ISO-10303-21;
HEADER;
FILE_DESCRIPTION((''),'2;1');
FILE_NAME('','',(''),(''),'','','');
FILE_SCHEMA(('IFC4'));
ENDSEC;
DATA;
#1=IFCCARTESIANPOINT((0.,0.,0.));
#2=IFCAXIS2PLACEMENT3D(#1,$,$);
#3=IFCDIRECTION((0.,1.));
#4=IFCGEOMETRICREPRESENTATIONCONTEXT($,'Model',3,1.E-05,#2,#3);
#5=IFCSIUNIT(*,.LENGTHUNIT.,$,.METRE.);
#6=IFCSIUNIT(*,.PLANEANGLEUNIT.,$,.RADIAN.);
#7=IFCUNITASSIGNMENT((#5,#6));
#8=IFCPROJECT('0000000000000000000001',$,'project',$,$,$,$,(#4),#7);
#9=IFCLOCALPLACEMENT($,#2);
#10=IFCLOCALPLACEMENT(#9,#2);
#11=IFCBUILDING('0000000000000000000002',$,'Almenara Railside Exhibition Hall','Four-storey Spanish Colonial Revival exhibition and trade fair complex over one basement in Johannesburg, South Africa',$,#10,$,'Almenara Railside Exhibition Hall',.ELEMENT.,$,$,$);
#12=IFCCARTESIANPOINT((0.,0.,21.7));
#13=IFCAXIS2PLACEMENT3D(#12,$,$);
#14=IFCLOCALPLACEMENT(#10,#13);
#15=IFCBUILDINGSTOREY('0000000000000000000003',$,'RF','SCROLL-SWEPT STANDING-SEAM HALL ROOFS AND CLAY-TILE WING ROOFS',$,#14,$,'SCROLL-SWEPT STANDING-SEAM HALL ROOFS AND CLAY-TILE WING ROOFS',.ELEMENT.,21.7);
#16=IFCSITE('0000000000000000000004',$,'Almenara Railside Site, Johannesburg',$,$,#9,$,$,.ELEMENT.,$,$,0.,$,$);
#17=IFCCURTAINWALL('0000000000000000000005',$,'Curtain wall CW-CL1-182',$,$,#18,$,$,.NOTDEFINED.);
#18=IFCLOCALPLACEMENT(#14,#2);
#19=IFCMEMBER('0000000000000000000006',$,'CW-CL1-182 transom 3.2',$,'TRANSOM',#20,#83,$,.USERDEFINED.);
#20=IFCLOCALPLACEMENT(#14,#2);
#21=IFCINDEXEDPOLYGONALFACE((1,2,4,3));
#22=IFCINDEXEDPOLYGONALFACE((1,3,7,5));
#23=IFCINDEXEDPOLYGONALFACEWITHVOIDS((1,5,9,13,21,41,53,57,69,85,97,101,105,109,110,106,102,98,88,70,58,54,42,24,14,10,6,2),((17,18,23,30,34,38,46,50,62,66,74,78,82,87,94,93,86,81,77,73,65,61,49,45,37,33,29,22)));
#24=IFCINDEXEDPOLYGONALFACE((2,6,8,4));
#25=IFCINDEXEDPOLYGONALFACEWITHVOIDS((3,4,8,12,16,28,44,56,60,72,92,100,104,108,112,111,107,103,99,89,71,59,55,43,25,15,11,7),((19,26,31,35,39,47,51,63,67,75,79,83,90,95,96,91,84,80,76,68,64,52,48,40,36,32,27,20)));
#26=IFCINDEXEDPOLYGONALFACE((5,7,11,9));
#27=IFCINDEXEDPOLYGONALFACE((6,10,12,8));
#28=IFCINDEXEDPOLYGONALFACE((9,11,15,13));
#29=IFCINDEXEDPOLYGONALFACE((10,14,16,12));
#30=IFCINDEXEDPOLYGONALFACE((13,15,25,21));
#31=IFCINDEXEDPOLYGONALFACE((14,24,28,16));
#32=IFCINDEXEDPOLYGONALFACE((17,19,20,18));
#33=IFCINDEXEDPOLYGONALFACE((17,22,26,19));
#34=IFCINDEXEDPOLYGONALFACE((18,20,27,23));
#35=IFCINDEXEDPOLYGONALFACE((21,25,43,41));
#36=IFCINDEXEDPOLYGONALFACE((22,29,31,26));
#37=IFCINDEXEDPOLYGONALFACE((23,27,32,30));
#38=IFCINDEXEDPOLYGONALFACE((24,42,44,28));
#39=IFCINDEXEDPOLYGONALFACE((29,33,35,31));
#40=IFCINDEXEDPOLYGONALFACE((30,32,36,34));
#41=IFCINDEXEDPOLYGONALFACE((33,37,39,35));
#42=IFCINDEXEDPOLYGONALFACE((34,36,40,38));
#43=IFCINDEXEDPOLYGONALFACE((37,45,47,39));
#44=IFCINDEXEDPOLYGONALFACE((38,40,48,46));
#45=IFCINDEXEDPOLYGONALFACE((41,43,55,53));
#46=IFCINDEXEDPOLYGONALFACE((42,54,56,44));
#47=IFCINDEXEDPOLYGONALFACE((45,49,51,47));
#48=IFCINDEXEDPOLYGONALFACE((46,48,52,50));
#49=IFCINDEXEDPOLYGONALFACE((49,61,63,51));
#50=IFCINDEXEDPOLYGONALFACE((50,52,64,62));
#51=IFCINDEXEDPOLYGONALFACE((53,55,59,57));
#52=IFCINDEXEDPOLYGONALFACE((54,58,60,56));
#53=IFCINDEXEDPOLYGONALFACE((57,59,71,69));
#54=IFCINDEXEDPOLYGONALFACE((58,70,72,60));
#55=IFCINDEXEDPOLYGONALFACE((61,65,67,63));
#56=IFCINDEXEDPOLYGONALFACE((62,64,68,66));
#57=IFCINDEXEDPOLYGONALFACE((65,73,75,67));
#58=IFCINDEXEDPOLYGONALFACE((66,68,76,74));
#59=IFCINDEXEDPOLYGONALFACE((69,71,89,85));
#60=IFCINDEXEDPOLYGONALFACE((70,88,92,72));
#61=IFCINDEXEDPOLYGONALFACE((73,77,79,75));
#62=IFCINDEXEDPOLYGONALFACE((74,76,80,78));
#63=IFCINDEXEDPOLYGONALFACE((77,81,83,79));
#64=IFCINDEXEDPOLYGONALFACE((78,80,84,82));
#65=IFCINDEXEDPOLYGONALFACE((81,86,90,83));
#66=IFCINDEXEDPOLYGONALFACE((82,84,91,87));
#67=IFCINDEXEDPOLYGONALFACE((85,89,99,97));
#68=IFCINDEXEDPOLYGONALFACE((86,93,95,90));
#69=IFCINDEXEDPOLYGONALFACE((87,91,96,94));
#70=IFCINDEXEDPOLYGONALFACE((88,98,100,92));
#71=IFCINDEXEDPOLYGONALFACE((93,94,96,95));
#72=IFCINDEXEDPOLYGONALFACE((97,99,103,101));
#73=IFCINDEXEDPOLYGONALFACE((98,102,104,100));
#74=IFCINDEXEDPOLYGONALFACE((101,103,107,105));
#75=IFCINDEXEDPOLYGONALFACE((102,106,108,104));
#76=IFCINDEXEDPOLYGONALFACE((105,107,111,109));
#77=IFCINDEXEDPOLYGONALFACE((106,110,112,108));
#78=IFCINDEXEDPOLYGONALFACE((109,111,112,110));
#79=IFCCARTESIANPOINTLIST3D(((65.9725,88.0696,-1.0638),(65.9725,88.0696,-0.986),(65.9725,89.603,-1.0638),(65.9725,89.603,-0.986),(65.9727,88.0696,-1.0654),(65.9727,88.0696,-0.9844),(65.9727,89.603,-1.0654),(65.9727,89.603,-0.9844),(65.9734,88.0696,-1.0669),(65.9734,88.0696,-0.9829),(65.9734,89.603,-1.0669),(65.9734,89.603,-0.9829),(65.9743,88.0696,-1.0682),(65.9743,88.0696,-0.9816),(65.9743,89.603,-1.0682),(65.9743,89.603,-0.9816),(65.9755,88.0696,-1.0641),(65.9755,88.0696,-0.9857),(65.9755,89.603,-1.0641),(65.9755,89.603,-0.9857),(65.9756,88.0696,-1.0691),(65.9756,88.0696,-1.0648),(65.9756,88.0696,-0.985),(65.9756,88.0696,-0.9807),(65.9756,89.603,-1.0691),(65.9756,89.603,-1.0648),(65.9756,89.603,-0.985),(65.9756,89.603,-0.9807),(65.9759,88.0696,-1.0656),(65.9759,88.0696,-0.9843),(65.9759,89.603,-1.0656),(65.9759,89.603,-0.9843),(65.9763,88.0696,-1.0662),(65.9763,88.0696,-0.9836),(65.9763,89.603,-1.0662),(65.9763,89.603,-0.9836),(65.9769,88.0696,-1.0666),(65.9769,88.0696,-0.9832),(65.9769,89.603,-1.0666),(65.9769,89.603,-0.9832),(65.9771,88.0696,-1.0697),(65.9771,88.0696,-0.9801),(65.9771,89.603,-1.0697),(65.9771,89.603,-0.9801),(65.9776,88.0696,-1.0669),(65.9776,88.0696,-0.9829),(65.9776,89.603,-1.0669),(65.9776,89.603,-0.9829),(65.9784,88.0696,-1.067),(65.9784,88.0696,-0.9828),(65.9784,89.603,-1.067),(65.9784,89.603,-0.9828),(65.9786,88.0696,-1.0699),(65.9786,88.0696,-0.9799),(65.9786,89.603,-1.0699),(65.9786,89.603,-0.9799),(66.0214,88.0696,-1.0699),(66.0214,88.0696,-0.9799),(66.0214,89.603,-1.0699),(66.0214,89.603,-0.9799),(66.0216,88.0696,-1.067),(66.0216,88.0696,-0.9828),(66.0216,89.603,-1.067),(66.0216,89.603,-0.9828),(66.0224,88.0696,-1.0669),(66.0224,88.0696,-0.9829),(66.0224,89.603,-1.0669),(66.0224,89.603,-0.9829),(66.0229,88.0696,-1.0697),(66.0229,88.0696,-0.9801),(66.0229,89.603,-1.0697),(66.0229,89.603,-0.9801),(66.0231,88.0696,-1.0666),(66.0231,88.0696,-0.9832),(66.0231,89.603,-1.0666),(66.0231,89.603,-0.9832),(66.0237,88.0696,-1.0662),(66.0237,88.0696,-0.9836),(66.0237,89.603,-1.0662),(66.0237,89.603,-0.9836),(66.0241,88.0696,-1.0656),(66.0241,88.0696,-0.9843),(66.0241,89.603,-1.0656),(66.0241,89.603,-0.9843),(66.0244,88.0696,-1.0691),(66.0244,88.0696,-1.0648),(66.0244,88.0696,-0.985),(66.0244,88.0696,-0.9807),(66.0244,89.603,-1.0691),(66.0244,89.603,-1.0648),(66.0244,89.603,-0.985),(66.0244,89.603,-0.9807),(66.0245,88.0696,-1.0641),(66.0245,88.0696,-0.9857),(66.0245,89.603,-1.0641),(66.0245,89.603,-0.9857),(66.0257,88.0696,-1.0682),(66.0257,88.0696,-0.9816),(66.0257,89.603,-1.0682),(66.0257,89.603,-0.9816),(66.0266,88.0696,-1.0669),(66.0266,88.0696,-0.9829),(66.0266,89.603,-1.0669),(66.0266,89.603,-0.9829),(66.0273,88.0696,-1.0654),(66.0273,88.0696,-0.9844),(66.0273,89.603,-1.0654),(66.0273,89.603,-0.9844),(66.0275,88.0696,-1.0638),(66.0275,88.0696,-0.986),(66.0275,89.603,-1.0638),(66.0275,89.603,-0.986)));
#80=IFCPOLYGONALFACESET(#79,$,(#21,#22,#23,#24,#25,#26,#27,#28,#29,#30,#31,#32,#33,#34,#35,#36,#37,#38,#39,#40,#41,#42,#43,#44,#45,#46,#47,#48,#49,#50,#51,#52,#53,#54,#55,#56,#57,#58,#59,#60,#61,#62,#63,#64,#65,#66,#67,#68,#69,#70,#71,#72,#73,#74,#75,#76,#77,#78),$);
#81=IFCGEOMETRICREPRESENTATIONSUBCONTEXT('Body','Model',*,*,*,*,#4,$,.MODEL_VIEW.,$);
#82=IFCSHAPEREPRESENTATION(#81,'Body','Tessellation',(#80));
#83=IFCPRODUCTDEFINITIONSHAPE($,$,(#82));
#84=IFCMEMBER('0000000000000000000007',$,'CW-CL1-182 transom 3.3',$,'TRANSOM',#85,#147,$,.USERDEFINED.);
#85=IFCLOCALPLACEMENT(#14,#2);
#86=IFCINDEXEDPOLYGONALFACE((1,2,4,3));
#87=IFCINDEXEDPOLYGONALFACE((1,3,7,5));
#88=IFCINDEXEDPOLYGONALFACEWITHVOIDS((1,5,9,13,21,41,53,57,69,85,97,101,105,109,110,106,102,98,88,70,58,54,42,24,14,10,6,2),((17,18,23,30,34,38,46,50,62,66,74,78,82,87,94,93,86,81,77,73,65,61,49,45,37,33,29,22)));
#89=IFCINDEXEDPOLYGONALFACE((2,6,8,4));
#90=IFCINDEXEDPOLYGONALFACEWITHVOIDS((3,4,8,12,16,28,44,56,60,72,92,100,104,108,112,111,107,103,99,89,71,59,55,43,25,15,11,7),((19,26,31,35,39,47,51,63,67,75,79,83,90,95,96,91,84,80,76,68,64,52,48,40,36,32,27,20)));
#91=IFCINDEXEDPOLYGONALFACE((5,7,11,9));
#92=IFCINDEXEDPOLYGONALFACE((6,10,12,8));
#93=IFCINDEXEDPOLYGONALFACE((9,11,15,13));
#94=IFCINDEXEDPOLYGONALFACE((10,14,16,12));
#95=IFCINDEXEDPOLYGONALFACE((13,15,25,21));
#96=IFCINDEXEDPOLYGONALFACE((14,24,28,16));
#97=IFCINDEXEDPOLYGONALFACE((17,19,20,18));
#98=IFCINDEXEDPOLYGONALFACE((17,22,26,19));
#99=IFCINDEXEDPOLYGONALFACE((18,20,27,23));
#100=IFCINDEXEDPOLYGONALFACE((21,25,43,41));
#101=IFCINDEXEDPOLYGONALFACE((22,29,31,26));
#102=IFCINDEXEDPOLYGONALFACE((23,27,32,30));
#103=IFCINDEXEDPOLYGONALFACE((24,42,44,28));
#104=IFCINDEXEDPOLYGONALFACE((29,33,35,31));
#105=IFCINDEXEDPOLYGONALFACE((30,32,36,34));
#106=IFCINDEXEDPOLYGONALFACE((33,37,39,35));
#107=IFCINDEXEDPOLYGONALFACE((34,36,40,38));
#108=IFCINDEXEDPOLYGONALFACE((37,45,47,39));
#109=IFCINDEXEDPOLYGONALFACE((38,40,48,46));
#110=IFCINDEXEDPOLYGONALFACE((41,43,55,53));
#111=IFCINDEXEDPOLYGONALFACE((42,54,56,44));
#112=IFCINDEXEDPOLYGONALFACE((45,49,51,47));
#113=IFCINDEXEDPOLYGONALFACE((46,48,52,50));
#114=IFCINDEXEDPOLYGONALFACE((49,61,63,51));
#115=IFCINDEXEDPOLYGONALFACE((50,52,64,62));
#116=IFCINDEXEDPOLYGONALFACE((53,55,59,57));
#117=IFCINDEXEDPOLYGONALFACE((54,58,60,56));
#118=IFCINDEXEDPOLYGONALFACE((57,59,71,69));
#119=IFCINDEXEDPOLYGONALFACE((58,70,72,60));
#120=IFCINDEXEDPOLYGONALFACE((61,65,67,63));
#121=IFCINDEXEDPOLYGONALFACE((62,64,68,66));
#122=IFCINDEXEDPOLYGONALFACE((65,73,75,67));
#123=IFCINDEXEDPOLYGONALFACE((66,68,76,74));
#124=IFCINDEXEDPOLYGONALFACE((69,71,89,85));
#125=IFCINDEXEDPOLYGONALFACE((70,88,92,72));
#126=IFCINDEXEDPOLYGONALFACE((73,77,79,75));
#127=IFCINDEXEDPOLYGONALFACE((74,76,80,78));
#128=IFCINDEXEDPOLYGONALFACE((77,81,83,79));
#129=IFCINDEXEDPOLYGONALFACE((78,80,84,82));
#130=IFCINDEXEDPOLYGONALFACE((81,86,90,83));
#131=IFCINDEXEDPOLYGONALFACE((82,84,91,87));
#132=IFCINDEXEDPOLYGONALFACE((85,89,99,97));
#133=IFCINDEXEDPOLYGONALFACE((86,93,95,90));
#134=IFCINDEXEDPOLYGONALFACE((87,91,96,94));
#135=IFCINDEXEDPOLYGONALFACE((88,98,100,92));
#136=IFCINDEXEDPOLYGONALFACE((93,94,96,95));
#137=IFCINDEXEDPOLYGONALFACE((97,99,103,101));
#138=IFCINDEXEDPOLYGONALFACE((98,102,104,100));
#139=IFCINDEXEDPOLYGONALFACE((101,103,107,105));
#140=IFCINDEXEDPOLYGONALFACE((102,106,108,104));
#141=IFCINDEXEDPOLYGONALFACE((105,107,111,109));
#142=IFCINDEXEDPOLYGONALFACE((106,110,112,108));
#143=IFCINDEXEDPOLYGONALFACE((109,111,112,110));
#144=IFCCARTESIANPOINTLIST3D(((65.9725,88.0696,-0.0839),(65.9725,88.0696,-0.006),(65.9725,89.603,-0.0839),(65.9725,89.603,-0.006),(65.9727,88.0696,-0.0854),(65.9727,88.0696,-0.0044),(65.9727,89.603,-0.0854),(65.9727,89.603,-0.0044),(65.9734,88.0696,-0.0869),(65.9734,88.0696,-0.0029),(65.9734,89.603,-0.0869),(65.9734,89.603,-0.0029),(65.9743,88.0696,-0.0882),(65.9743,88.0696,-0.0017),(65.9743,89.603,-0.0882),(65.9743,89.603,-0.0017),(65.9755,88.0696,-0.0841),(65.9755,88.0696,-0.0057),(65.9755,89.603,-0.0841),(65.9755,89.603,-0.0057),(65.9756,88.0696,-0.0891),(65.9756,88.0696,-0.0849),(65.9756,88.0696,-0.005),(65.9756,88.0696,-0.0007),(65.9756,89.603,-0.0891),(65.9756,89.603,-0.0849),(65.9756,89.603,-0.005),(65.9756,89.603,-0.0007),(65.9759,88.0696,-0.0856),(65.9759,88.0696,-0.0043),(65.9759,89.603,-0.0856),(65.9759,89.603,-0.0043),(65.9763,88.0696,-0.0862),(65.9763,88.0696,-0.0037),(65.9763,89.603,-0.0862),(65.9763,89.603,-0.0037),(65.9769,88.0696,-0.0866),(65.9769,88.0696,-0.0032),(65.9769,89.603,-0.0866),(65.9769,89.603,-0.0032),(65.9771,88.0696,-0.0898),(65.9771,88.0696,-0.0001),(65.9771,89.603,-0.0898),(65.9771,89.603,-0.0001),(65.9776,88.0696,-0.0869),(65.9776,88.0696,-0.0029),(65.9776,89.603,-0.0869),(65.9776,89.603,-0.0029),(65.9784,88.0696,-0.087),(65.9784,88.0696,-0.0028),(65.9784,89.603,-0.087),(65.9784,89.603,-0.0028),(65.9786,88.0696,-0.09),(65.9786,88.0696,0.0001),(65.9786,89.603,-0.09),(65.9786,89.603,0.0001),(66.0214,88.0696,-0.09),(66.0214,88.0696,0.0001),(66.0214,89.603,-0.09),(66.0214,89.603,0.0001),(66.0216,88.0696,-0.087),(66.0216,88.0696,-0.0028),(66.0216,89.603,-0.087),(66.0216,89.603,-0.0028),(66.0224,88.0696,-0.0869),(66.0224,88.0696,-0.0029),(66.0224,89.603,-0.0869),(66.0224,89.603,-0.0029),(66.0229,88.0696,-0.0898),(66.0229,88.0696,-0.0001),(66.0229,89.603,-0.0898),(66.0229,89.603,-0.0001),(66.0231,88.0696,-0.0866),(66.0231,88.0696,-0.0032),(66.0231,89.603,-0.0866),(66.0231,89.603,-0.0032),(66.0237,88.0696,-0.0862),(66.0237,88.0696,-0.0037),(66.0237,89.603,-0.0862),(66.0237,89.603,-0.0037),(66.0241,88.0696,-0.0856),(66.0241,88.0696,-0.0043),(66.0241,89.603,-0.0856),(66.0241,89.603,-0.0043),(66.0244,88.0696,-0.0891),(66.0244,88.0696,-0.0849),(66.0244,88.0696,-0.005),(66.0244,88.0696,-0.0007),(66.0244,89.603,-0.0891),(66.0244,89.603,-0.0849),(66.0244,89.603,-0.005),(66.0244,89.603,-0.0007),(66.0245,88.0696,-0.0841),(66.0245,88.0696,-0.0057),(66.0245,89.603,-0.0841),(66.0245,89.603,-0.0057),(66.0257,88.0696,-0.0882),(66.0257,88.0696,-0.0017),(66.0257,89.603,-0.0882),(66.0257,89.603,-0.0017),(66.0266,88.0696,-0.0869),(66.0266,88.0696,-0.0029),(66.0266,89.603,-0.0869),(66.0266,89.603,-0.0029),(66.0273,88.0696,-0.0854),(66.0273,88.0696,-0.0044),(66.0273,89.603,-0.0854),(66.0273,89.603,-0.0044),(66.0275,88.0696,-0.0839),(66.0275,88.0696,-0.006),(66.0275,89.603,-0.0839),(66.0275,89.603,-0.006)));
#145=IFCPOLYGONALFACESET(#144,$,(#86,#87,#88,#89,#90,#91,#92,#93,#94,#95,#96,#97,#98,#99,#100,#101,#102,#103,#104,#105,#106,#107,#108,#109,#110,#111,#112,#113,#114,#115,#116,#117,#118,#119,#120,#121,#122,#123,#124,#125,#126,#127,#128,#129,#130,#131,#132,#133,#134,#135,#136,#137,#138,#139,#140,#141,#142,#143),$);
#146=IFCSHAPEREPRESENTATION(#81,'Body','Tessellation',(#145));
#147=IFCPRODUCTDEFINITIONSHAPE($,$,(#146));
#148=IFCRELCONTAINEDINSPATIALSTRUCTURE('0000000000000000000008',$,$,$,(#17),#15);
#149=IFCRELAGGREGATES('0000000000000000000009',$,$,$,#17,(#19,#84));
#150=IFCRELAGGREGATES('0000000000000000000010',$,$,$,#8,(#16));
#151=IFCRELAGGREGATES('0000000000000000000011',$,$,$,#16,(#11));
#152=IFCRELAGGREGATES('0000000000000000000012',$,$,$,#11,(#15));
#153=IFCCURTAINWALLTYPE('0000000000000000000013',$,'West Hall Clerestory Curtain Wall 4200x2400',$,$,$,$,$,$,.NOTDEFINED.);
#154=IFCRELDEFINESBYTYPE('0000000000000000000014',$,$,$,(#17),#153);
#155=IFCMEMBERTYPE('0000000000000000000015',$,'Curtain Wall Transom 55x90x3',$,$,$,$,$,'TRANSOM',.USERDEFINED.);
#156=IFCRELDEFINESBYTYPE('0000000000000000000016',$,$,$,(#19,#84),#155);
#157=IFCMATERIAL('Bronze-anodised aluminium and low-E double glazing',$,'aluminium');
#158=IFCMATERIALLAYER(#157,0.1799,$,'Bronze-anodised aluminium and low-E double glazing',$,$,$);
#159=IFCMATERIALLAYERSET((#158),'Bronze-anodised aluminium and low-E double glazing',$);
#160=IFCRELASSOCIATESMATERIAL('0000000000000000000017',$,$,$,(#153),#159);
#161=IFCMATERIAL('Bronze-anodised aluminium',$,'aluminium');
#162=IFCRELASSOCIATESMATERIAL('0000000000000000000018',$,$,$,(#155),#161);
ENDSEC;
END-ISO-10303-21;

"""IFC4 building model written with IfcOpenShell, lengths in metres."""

from ifc_helpers import new_model, si_unit, direction, frame, origin, origin_2d, place, context, subcontext, project, spatial, hollow_rectangle, extrude, material, layer, layer_set, material_profile, profile_set, type_object, element, aggregate, save


model = new_model("IFC4")

# Units and contexts
model_context = context("Model", 3, precision=1e-05, world=origin(), true_north=direction((0.0, 1.0)))
body_context = subcontext(model_context, "Body", "Model", "MODEL_VIEW")
ifc_project = project(units=[si_unit("LENGTHUNIT", "METRE"), si_unit("PLANEANGLEUNIT", "RADIAN")], contexts=[model_context])

# Site, building, storey
site_placement = place(None, origin())
site = spatial("IfcSite", under=ifc_project, at=site_placement, Name="Almenara Railside Site, Johannesburg", CompositionType="ELEMENT", RefElevation=0.0)
building_placement = place(site_placement, origin())
building = spatial("IfcBuilding", under=site, at=building_placement, Name="Almenara Railside Exhibition Hall", Description="Four-storey Spanish Colonial Revival exhibition and trade fair complex over one basement in Johannesburg, South Africa", LongName="Almenara Railside Exhibition Hall", CompositionType="ELEMENT")
storey_placement = place(building_placement, frame((0.0, 0.0, 21.7)))
storey = spatial("IfcBuildingStorey", under=building, at=storey_placement, Name="RF", Description="SCROLL-SWEPT STANDING-SEAM HALL ROOFS AND CLAY-TILE WING ROOFS", LongName="SCROLL-SWEPT STANDING-SEAM HALL ROOFS AND CLAY-TILE WING ROOFS", CompositionType="ELEMENT", Elevation=21.7)

# Curtain wall
ifc_material_1 = material(Name="Bronze-anodised aluminium and low-E double glazing", Category="aluminium")
ifc_layer_1 = layer(ifc_material_1, 0.1799, Name="Bronze-anodised aluminium and low-E double glazing")
ifc_layer_set_1 = layer_set([ifc_layer_1], Name="Bronze-anodised aluminium and low-E double glazing")
curtain_wall_type = type_object("IfcCurtainWallType", Name="West Hall Clerestory Curtain Wall 4200x2400", PredefinedType="NOTDEFINED", material=ifc_layer_set_1)
curtain_wall_1_placement = place(storey_placement, origin())
curtain_wall_1 = element("IfcCurtainWall", 1, at=curtain_wall_1_placement, inside=storey, type_object=curtain_wall_type, Name="Curtain wall CW-CL1-182", PredefinedType="NOTDEFINED")
ifc_material_2 = material(Name="Bronze-anodised aluminium", Category="aluminium")

# Members
ifc_material_profile_1 = material_profile(ifc_material_2, hollow_rectangle(XDim=0.0549, YDim=0.0901, WallThickness=0.0029, InnerFilletRadius=0.0029, OuterFilletRadius=0.0061, at=origin_2d()), Name="ALU-TRN 55x90x3")
ifc_profile_set_1 = profile_set([ifc_material_profile_1], Name="Bronze-anodised aluminium")
member_type_1 = type_object("IfcMemberType", Name="Curtain Wall Transom 55x90x3", ElementType="TRANSOM", PredefinedType="USERDEFINED", material=ifc_profile_set_1)
member_1_placement = place(storey_placement, frame((66.0, 88.0696, -1.0249), z_axis=(0.0, 1.0, 0.0), x_axis=(-1.0, 0.0, 0.0)))
member_1 = element("IfcMember", 2, at=member_1_placement, type_object=member_type_1, Name="CW-CL1-182 transom 3.2", ObjectType="TRANSOM", PredefinedType="USERDEFINED", context=body_context, shape_type="SweptSolid", body=[
    extrude(hollow_rectangle(XDim=0.0549, YDim=0.0901, WallThickness=0.0029, InnerFilletRadius=0.0029, OuterFilletRadius=0.0061, at=origin_2d()), origin(), (0.0, 0.0, 1.0), 1.5334),
])
member_2_placement = place(storey_placement, frame((66.0, 88.0696, -0.0449), z_axis=(0.0, 1.0, 0.0), x_axis=(-1.0, 0.0, 0.0)))
member_2 = element("IfcMember", 3, at=member_2_placement, type_object=member_type_1, Name="CW-CL1-182 transom 3.3", ObjectType="TRANSOM", PredefinedType="USERDEFINED", context=body_context, shape_type="SweptSolid", body=[
    extrude(hollow_rectangle(XDim=0.0549, YDim=0.0901, WallThickness=0.0029, InnerFilletRadius=0.0029, OuterFilletRadius=0.0061, at=origin_2d()), origin(), (0.0, 0.0, 1.0), 1.5334),
])

aggregate(curtain_wall_1, [member_1, member_2])

save(model, "model.ifc")
